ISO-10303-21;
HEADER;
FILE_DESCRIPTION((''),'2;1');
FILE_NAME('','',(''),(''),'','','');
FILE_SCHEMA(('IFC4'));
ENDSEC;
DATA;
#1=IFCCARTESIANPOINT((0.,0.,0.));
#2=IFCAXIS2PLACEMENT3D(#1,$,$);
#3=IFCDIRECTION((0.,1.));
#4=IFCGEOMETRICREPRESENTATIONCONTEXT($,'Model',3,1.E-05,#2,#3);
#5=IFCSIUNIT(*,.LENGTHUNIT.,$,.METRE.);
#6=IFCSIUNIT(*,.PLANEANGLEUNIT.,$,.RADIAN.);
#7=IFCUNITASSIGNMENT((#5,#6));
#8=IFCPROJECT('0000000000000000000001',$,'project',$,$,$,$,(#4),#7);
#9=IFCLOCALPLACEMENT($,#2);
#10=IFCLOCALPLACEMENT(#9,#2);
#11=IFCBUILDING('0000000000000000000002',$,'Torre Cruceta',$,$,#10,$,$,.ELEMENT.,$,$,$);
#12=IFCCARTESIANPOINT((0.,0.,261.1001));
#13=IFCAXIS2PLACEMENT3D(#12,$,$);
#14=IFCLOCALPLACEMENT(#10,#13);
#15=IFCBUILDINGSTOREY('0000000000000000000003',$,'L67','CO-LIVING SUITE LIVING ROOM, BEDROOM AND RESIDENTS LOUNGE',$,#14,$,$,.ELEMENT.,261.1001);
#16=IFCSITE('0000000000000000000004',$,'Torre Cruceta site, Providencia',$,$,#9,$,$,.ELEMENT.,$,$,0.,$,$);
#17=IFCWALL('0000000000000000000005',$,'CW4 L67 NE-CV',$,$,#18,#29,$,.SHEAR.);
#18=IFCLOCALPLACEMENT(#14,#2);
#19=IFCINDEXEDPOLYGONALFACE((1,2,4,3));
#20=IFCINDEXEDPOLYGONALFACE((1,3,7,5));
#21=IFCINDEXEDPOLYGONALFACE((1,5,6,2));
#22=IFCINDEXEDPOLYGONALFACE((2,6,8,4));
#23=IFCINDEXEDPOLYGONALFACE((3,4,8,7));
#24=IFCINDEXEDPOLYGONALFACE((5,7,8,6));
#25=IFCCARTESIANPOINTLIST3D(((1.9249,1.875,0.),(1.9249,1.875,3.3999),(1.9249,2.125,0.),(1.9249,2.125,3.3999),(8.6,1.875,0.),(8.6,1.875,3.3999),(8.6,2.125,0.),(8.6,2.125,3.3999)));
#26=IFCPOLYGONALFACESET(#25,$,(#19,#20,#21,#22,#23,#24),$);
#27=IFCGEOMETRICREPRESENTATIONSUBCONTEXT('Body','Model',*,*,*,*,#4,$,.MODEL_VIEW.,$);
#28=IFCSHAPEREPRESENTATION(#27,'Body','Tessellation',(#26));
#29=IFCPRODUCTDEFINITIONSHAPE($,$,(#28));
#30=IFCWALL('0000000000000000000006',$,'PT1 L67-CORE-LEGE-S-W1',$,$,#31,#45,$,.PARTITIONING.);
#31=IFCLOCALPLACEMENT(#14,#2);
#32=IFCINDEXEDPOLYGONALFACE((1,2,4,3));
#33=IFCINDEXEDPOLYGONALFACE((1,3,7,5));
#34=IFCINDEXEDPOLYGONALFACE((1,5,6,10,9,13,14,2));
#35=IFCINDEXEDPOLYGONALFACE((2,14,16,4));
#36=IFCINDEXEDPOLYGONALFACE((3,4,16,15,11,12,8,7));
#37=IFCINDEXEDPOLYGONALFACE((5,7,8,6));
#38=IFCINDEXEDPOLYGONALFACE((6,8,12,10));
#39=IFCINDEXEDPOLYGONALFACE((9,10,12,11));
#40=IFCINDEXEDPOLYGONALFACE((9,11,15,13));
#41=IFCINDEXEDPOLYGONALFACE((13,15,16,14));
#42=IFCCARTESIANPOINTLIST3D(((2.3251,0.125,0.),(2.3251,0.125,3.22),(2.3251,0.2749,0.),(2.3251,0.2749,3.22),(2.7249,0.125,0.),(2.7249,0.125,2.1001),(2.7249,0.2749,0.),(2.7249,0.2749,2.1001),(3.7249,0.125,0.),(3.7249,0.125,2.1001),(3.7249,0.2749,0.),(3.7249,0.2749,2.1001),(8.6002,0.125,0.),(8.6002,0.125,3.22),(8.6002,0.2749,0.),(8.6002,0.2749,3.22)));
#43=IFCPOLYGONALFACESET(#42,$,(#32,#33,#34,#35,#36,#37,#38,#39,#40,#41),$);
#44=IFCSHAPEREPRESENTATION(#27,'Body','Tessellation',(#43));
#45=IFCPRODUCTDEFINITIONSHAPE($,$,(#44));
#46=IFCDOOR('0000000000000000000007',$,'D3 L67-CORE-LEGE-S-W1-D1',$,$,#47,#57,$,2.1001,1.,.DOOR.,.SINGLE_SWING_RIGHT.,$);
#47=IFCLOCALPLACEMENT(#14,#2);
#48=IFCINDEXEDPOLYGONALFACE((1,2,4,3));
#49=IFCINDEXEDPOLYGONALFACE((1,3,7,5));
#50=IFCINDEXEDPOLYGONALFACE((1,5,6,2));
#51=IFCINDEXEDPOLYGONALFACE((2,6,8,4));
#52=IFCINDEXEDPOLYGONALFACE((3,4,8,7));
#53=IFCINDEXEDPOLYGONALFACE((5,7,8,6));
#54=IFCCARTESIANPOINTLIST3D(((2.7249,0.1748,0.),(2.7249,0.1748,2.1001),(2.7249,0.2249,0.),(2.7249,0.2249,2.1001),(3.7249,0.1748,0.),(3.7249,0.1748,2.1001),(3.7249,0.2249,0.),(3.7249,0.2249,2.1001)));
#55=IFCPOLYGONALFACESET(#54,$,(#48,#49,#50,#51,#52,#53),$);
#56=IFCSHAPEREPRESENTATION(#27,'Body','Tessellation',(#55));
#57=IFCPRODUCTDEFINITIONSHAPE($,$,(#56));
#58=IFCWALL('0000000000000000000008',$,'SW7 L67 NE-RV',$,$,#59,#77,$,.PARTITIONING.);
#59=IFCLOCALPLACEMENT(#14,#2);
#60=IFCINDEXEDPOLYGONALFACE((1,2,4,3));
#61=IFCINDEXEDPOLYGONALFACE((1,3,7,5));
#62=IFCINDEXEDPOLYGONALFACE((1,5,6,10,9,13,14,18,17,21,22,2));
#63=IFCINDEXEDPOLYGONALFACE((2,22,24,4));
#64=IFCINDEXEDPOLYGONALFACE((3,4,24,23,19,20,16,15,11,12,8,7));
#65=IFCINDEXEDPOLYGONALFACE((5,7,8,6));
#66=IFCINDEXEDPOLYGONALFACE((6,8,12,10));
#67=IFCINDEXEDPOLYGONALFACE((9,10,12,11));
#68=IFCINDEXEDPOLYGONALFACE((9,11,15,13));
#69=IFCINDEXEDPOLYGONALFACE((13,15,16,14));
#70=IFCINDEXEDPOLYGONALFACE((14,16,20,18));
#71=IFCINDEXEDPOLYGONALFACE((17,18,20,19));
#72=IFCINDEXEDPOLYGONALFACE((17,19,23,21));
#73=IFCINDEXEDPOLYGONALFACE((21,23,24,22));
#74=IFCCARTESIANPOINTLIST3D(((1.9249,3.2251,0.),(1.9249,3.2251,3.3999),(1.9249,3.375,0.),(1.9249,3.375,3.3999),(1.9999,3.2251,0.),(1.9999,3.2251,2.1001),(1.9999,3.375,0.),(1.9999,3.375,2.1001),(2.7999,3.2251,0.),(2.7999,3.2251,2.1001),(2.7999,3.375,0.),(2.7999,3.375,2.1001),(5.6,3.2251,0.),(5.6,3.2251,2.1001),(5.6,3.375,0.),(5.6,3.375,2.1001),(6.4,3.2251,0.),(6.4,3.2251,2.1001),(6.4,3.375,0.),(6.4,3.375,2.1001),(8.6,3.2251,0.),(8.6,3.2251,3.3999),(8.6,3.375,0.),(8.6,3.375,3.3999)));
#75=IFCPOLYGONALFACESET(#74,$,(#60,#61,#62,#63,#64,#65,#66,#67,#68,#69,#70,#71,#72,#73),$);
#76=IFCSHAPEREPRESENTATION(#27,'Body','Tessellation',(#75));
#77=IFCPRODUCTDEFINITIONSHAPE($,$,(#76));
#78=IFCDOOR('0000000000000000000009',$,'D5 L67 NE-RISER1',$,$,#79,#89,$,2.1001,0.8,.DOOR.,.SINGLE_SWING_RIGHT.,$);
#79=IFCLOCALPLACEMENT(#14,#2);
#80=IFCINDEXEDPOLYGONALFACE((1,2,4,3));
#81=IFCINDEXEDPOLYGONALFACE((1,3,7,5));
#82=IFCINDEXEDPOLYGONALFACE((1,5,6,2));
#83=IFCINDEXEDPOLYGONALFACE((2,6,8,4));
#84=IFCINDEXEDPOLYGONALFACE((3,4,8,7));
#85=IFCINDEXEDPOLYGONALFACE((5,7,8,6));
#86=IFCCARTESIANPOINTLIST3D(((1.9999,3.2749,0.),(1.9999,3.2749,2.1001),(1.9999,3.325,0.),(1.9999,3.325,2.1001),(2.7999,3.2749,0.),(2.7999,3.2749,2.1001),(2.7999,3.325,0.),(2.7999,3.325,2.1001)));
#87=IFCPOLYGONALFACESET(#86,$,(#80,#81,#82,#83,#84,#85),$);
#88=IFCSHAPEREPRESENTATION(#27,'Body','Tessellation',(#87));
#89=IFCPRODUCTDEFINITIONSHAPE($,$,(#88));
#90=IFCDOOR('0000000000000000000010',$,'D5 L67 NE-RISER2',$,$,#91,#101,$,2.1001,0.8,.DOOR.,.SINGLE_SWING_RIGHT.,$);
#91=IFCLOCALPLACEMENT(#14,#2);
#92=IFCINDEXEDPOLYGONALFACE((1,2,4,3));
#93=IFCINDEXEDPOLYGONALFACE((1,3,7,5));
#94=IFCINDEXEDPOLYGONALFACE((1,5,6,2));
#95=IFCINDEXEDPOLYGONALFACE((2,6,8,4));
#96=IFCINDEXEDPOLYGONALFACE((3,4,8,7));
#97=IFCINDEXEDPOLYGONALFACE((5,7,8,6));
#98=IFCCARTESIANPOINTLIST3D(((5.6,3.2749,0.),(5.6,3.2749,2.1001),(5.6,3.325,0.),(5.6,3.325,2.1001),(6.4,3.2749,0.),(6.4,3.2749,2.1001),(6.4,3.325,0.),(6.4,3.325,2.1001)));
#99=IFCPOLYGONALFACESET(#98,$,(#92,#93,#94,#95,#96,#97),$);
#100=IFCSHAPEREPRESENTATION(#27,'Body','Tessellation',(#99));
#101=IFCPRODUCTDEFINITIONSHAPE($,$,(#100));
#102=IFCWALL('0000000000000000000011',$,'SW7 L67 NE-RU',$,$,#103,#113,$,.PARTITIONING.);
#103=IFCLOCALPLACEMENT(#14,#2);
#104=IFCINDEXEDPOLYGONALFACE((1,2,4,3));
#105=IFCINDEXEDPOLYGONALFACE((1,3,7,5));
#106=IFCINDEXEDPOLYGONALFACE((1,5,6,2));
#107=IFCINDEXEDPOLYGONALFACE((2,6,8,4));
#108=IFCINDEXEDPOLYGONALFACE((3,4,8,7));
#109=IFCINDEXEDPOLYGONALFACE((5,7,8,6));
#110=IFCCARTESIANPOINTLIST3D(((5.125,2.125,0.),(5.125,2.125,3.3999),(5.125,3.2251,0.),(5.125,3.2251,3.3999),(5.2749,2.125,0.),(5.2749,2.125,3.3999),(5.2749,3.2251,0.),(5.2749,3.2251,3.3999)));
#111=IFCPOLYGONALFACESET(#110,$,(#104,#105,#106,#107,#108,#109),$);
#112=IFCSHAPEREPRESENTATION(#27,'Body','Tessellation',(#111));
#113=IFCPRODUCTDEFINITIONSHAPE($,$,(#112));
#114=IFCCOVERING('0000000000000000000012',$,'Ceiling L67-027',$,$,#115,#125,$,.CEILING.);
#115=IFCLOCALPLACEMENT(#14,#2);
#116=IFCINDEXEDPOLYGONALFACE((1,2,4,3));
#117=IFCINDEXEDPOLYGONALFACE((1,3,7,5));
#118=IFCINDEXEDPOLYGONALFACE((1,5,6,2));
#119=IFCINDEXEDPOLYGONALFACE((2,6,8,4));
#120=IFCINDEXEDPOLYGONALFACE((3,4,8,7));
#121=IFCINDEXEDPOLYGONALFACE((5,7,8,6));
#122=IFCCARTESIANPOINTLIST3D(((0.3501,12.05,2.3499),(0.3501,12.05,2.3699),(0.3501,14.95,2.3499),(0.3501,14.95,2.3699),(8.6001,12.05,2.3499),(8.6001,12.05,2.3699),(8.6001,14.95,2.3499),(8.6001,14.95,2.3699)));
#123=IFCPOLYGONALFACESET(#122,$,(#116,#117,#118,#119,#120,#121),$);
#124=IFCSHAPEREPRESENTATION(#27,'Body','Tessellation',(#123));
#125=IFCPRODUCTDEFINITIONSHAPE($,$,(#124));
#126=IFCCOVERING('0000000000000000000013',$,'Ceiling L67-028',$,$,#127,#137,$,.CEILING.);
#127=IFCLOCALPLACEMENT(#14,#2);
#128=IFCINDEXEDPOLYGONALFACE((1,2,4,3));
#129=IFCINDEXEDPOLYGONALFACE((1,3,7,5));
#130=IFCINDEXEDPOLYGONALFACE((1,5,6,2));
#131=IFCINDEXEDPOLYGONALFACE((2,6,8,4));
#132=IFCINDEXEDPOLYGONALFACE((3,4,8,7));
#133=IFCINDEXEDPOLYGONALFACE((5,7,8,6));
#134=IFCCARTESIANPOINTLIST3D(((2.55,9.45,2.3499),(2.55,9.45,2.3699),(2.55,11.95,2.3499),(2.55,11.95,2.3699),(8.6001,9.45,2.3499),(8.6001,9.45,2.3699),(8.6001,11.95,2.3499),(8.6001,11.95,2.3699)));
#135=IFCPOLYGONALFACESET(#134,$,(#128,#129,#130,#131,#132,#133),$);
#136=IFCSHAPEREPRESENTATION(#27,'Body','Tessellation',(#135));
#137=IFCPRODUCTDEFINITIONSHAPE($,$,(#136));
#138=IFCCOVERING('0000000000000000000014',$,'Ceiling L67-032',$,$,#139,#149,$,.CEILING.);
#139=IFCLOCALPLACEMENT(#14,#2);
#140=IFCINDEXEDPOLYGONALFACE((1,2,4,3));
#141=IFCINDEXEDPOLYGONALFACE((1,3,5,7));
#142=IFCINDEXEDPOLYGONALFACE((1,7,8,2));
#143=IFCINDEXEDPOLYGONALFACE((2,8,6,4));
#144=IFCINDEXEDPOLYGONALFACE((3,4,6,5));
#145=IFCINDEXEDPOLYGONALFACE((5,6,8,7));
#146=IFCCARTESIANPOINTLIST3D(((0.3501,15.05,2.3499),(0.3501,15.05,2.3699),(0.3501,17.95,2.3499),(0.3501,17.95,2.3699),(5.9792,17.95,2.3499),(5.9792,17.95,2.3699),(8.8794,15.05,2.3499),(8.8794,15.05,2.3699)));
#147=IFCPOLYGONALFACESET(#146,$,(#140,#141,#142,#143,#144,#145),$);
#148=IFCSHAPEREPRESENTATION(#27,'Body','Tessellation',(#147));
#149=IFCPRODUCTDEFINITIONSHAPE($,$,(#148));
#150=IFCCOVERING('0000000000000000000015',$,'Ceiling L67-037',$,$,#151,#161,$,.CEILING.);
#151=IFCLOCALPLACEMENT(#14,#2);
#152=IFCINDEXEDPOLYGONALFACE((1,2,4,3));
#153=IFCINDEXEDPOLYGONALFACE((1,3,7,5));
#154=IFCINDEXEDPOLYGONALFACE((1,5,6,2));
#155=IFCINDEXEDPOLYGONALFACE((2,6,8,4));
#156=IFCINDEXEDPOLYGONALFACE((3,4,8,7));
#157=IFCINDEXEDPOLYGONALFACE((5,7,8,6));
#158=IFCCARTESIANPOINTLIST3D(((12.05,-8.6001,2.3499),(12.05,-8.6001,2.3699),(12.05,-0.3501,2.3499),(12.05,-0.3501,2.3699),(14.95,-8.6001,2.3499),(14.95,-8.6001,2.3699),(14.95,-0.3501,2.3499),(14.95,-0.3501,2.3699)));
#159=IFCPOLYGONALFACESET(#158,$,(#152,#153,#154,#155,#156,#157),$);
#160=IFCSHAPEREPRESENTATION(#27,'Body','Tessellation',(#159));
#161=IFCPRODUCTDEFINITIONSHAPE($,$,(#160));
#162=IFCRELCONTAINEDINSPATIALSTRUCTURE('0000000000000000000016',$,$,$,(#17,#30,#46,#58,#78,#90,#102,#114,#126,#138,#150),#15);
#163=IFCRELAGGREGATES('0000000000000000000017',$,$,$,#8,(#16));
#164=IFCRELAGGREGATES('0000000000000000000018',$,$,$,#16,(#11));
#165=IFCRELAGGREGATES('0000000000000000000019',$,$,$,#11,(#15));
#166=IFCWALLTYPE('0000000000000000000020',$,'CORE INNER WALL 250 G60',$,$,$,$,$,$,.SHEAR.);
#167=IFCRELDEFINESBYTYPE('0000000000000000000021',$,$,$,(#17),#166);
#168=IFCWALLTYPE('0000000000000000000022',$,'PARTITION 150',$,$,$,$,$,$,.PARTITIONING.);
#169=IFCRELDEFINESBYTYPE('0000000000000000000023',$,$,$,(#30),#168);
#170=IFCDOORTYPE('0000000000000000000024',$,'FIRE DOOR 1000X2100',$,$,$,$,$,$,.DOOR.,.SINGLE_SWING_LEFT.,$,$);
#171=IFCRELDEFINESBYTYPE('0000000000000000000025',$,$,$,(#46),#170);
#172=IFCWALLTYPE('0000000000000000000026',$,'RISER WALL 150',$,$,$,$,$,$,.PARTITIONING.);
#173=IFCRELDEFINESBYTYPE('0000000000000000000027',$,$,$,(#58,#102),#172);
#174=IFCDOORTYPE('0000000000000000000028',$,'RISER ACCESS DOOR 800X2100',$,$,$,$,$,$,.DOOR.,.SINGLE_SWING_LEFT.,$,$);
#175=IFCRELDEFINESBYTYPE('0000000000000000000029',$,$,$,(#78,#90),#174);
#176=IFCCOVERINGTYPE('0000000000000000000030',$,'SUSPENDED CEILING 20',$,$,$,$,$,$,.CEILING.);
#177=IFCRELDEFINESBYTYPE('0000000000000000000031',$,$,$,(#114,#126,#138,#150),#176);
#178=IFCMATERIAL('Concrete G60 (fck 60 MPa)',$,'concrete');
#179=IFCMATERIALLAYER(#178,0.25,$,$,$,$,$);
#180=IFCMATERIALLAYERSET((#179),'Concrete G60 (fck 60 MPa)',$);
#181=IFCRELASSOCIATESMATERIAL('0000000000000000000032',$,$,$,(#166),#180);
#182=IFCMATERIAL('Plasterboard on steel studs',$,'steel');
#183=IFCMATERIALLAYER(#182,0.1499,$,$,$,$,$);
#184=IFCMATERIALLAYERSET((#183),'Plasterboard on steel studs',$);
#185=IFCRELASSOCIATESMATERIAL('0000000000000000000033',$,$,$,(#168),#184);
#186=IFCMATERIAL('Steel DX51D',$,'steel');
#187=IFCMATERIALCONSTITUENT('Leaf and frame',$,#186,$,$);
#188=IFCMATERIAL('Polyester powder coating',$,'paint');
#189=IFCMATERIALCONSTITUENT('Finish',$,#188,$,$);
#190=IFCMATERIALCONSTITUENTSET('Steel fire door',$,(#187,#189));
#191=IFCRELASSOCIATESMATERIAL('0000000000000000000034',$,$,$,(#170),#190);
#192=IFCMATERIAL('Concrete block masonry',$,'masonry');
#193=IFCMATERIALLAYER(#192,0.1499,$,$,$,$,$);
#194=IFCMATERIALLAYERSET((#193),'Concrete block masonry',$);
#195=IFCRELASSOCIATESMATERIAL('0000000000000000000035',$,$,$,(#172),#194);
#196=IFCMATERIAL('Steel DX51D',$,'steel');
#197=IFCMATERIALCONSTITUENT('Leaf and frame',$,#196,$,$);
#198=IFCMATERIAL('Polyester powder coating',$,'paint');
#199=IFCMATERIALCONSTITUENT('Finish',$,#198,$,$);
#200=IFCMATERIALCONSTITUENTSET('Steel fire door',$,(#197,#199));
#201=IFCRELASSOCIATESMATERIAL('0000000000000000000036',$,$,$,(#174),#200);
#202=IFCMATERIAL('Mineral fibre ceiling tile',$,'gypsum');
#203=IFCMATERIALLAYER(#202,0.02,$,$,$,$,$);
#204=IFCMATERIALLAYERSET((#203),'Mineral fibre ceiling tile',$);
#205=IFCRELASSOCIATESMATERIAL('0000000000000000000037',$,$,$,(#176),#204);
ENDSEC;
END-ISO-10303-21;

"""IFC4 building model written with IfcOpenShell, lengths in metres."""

from ifc_helpers import new_model, si_unit, direction, frame, frame_2d, origin, place, context, subcontext, project, spatial, polyline, rectangle, outline, extrude, material, layer, layer_set, constituent, constituent_set, type_object, element, fill, save


model = new_model("IFC4")

# Units and contexts
model_context = context("Model", 3, precision=1e-05, world=origin(), true_north=direction((0.0, 1.0)))
body_context = subcontext(model_context, "Body", "Model", "MODEL_VIEW")
ifc_project = project(units=[si_unit("LENGTHUNIT", "METRE"), si_unit("PLANEANGLEUNIT", "RADIAN")], contexts=[model_context])

# Site, building, storey
site_placement = place(None, origin())
site = spatial("IfcSite", under=ifc_project, at=site_placement, Name="Torre Cruceta site, Providencia", CompositionType="ELEMENT", RefElevation=0.0)
building_placement = place(site_placement, origin())
building = spatial("IfcBuilding", under=site, at=building_placement, Name="Torre Cruceta", CompositionType="ELEMENT")
storey_placement = place(building_placement, frame((0.0, 0.0, 261.1001)))
storey = spatial("IfcBuildingStorey", under=building, at=storey_placement, Name="L67", Description="CO-LIVING SUITE LIVING ROOM, BEDROOM AND RESIDENTS LOUNGE", CompositionType="ELEMENT", Elevation=261.1001)

# Shared definitions
ifc_material_1 = material(Name="Concrete G60 (fck 60 MPa)", Category="concrete")
ifc_layer_1 = layer(ifc_material_1, 0.25)
ifc_layer_set_1 = layer_set([ifc_layer_1], Name="Concrete G60 (fck 60 MPa)")
wall_type_1 = type_object("IfcWallType", Name="CORE INNER WALL 250 G60", PredefinedType="SHEAR", material=ifc_layer_set_1)

# Wall
wall_1_placement = place(storey_placement, frame((1.925, 2.0, 0.0), z_axis=(0.0, 0.0, 1.0), x_axis=(1.0, 0.0, 0.0)))
element("IfcWall", 1, at=wall_1_placement, inside=storey, type_object=wall_type_1, Name="CW4 L67 NE-CV", PredefinedType="SHEAR", context=body_context, shape_type="SweptSolid", body=[
    extrude(rectangle(XDim=6.675, YDim=0.25, at=frame_2d((3.3374, 0.0))), origin(), (0.0, 0.0, 1.0), 3.3999),
])

# Wall, opening, door
ifc_material_2 = material(Name="Plasterboard on steel studs", Category="steel")
ifc_layer_2 = layer(ifc_material_2, 0.1499)
ifc_layer_set_2 = layer_set([ifc_layer_2], Name="Plasterboard on steel studs")
wall_type_2 = type_object("IfcWallType", Name="PARTITION 150", PredefinedType="PARTITIONING", material=ifc_layer_set_2)
wall_2_placement = place(storey_placement, frame((2.325, 0.2, 0.0), z_axis=(0.0, 0.0, 1.0), x_axis=(1.0, 0.0, 0.0)))
wall_2 = element("IfcWall", 2, at=wall_2_placement, inside=storey, type_object=wall_type_2, Name="PT1 L67-CORE-LEGE-S-W1", PredefinedType="PARTITIONING", context=body_context, shape_type="SweptSolid", body=[
    extrude(rectangle(XDim=6.2751, YDim=0.1499, at=frame_2d((3.1377, 0.0))), origin(), (0.0, 0.0, 1.0), 3.22),
])
opening_1_placement = place(wall_2_placement, frame((0.3999, 0.0, 0.0)))
opening_1 = element("IfcOpeningElement", 3, at=opening_1_placement, cuts=wall_2, PredefinedType="OPENING", context=body_context, shape_type="SweptSolid", body=[
    extrude(rectangle(XDim=1.0, YDim=2.1001, at=frame_2d((0.5, 1.05))), frame((0.0, 0.085, 0.0), z_axis=(0.0, -1.0, 0.0), x_axis=(1.0, 0.0, 0.0)), (0.0, 0.0, 1.0), 0.1699),
])
ifc_material_3 = material(Name="Steel DX51D", Category="steel")
ifc_constituent_1 = constituent(ifc_material_3, Name="Leaf and frame")
ifc_material_4 = material(Name="Polyester powder coating", Category="paint")
ifc_constituent_2 = constituent(ifc_material_4, Name="Finish")
ifc_constituent_set_1 = constituent_set(constituents=[ifc_constituent_1, ifc_constituent_2], Name="Steel fire door")
door_type_1 = type_object("IfcDoorType", Name="FIRE DOOR 1000X2100", OperationType="SINGLE_SWING_LEFT", PredefinedType="DOOR", material=ifc_constituent_set_1)
door_1_placement = place(opening_1_placement, frame((1.0, 0.0, 0.0), z_axis=(0.0, 0.0, 1.0), x_axis=(-1.0, 0.0, 0.0)))
door_1 = element("IfcDoor", 4, at=door_1_placement, inside=storey, type_object=door_type_1, Name="D3 L67-CORE-LEGE-S-W1-D1", OperationType="SINGLE_SWING_RIGHT", OverallHeight=2.1001, OverallWidth=1.0, PredefinedType="DOOR", context=body_context, shape_type="SweptSolid", body=[
    extrude(rectangle(XDim=1.0, YDim=2.1001, at=frame_2d((0.5, 1.05))), frame((0.0, 0.0251, 0.0), z_axis=(0.0, -1.0, 0.0), x_axis=(1.0, 0.0, 0.0)), (0.0, 0.0, 1.0), 0.05),
])
fill(opening_1, door_1)

# Wall, openings, doors
ifc_material_5 = material(Name="Concrete block masonry", Category="masonry")
ifc_layer_3 = layer(ifc_material_5, 0.1499)
ifc_layer_set_3 = layer_set([ifc_layer_3], Name="Concrete block masonry")
wall_type_3 = type_object("IfcWallType", Name="RISER WALL 150", PredefinedType="PARTITIONING", material=ifc_layer_set_3)
wall_3_placement = place(storey_placement, frame((1.925, 3.3, 0.0), z_axis=(0.0, 0.0, 1.0), x_axis=(1.0, 0.0, 0.0)))
wall_3 = element("IfcWall", 5, at=wall_3_placement, inside=storey, type_object=wall_type_3, Name="SW7 L67 NE-RV", PredefinedType="PARTITIONING", context=body_context, shape_type="SweptSolid", body=[
    extrude(rectangle(XDim=6.675, YDim=0.1499, at=frame_2d((3.3374, 0.0))), origin(), (0.0, 0.0, 1.0), 3.3999),
])
opening_2_placement = place(wall_3_placement, frame((0.075, 0.0, 0.0)))
opening_2 = element("IfcOpeningElement", 6, at=opening_2_placement, cuts=wall_3, PredefinedType="OPENING", context=body_context, shape_type="SweptSolid", body=[
    extrude(rectangle(XDim=0.8, YDim=2.1001, at=frame_2d((0.3999, 1.05))), frame((0.0, 0.085, 0.0), z_axis=(0.0, -1.0, 0.0), x_axis=(1.0, 0.0, 0.0)), (0.0, 0.0, 1.0), 0.1699),
])
opening_3_placement = place(wall_3_placement, frame((3.675, 0.0, 0.0)))
opening_3 = element("IfcOpeningElement", 7, at=opening_3_placement, cuts=wall_3, PredefinedType="OPENING", context=body_context, shape_type="SweptSolid", body=[
    extrude(rectangle(XDim=0.8, YDim=2.1001, at=frame_2d((0.3999, 1.05))), frame((0.0, 0.085, 0.0), z_axis=(0.0, -1.0, 0.0), x_axis=(1.0, 0.0, 0.0)), (0.0, 0.0, 1.0), 0.1699),
])
ifc_material_6 = material(Name="Steel DX51D", Category="steel")
ifc_constituent_3 = constituent(ifc_material_6, Name="Leaf and frame")
ifc_material_7 = material(Name="Polyester powder coating", Category="paint")
ifc_constituent_4 = constituent(ifc_material_7, Name="Finish")
ifc_constituent_set_2 = constituent_set(constituents=[ifc_constituent_3, ifc_constituent_4], Name="Steel fire door")
door_type_2 = type_object("IfcDoorType", Name="RISER ACCESS DOOR 800X2100", OperationType="SINGLE_SWING_LEFT", PredefinedType="DOOR", material=ifc_constituent_set_2)
door_2_placement = place(opening_2_placement, frame((0.8, 0.0, 0.0), z_axis=(0.0, 0.0, 1.0), x_axis=(-1.0, 0.0, 0.0)))
door_2 = element("IfcDoor", 8, at=door_2_placement, inside=storey, type_object=door_type_2, Name="D5 L67 NE-RISER1", OperationType="SINGLE_SWING_RIGHT", OverallHeight=2.1001, OverallWidth=0.8, PredefinedType="DOOR", context=body_context, shape_type="SweptSolid", body=[
    extrude(rectangle(XDim=0.8, YDim=2.1001, at=frame_2d((0.4001, 1.05))), frame((0.0, 0.0251, 0.0), z_axis=(0.0, -1.0, 0.0), x_axis=(1.0, 0.0, 0.0)), (0.0, 0.0, 1.0), 0.05),
])
fill(opening_2, door_2)
door_3_placement = place(opening_3_placement, frame((0.8, 0.0, 0.0), z_axis=(0.0, 0.0, 1.0), x_axis=(-1.0, 0.0, 0.0)))
door_3 = element("IfcDoor", 9, at=door_3_placement, inside=storey, type_object=door_type_2, Name="D5 L67 NE-RISER2", OperationType="SINGLE_SWING_RIGHT", OverallHeight=2.1001, OverallWidth=0.8, PredefinedType="DOOR", context=body_context, shape_type="SweptSolid", body=[
    extrude(rectangle(XDim=0.8, YDim=2.1001, at=frame_2d((0.4001, 1.05))), frame((0.0, 0.0251, 0.0), z_axis=(0.0, -1.0, 0.0), x_axis=(1.0, 0.0, 0.0)), (0.0, 0.0, 1.0), 0.05),
])
fill(opening_3, door_3)

# Wall
wall_4_placement = place(storey_placement, frame((5.2, 2.125, 0.0), z_axis=(0.0, 0.0, 1.0), x_axis=(0.0, 1.0, 0.0)))
element("IfcWall", 10, at=wall_4_placement, inside=storey, type_object=wall_type_3, Name="SW7 L67 NE-RU", PredefinedType="PARTITIONING", context=body_context, shape_type="SweptSolid", body=[
    extrude(rectangle(XDim=1.1001, YDim=0.1499, at=frame_2d((0.55, 0.0))), origin(), (0.0, 0.0, 1.0), 3.3999),
])

# Coverings
ifc_material_8 = material(Name="Mineral fibre ceiling tile", Category="gypsum")
ifc_layer_4 = layer(ifc_material_8, 0.02)
ifc_layer_set_4 = layer_set([ifc_layer_4], Name="Mineral fibre ceiling tile")
covering_type = type_object("IfcCoveringType", Name="SUSPENDED CEILING 20", PredefinedType="CEILING", material=ifc_layer_set_4)
covering_1_placement = place(storey_placement, frame((0.0, 0.0, 2.3499)))
element("IfcCovering", 11, at=covering_1_placement, inside=storey, type_object=covering_type, Name="Ceiling L67-027", PredefinedType="CEILING", context=body_context, shape_type="SweptSolid", body=[
    extrude(outline(polyline([(8.6001, 14.95), (8.6001, 12.05), (0.3501, 12.05), (0.3501, 14.95), (8.6001, 14.95)])), origin(), (0.0, 0.0, 1.0), 0.02),
])
covering_2_placement = place(storey_placement, frame((0.0, 0.0, 2.3499)))
element("IfcCovering", 12, at=covering_2_placement, inside=storey, type_object=covering_type, Name="Ceiling L67-028", PredefinedType="CEILING", context=body_context, shape_type="SweptSolid", body=[
    extrude(outline(polyline([(8.6001, 9.45), (2.55, 9.45), (2.55, 11.95), (8.6001, 11.95), (8.6001, 9.45)])), origin(), (0.0, 0.0, 1.0), 0.02),
])
covering_3_placement = place(storey_placement, frame((0.0, 0.0, 2.3499)))
element("IfcCovering", 13, at=covering_3_placement, inside=storey, type_object=covering_type, Name="Ceiling L67-032", PredefinedType="CEILING", context=body_context, shape_type="SweptSolid", body=[
    extrude(outline(polyline([(8.8794, 15.05), (0.3501, 15.05), (0.3501, 17.95), (5.9792, 17.95), (8.8794, 15.05)])), origin(), (0.0, 0.0, 1.0), 0.02),
])
covering_4_placement = place(storey_placement, frame((0.0, 0.0, 2.3499)))
element("IfcCovering", 14, at=covering_4_placement, inside=storey, type_object=covering_type, Name="Ceiling L67-037", PredefinedType="CEILING", context=body_context, shape_type="SweptSolid", body=[
    extrude(outline(polyline([(14.95, -8.6001), (12.05, -8.6001), (12.05, -0.3501), (14.95, -0.3501), (14.95, -8.6001)])), origin(), (0.0, 0.0, 1.0), 0.02),
])

save(model, "model.ifc")
